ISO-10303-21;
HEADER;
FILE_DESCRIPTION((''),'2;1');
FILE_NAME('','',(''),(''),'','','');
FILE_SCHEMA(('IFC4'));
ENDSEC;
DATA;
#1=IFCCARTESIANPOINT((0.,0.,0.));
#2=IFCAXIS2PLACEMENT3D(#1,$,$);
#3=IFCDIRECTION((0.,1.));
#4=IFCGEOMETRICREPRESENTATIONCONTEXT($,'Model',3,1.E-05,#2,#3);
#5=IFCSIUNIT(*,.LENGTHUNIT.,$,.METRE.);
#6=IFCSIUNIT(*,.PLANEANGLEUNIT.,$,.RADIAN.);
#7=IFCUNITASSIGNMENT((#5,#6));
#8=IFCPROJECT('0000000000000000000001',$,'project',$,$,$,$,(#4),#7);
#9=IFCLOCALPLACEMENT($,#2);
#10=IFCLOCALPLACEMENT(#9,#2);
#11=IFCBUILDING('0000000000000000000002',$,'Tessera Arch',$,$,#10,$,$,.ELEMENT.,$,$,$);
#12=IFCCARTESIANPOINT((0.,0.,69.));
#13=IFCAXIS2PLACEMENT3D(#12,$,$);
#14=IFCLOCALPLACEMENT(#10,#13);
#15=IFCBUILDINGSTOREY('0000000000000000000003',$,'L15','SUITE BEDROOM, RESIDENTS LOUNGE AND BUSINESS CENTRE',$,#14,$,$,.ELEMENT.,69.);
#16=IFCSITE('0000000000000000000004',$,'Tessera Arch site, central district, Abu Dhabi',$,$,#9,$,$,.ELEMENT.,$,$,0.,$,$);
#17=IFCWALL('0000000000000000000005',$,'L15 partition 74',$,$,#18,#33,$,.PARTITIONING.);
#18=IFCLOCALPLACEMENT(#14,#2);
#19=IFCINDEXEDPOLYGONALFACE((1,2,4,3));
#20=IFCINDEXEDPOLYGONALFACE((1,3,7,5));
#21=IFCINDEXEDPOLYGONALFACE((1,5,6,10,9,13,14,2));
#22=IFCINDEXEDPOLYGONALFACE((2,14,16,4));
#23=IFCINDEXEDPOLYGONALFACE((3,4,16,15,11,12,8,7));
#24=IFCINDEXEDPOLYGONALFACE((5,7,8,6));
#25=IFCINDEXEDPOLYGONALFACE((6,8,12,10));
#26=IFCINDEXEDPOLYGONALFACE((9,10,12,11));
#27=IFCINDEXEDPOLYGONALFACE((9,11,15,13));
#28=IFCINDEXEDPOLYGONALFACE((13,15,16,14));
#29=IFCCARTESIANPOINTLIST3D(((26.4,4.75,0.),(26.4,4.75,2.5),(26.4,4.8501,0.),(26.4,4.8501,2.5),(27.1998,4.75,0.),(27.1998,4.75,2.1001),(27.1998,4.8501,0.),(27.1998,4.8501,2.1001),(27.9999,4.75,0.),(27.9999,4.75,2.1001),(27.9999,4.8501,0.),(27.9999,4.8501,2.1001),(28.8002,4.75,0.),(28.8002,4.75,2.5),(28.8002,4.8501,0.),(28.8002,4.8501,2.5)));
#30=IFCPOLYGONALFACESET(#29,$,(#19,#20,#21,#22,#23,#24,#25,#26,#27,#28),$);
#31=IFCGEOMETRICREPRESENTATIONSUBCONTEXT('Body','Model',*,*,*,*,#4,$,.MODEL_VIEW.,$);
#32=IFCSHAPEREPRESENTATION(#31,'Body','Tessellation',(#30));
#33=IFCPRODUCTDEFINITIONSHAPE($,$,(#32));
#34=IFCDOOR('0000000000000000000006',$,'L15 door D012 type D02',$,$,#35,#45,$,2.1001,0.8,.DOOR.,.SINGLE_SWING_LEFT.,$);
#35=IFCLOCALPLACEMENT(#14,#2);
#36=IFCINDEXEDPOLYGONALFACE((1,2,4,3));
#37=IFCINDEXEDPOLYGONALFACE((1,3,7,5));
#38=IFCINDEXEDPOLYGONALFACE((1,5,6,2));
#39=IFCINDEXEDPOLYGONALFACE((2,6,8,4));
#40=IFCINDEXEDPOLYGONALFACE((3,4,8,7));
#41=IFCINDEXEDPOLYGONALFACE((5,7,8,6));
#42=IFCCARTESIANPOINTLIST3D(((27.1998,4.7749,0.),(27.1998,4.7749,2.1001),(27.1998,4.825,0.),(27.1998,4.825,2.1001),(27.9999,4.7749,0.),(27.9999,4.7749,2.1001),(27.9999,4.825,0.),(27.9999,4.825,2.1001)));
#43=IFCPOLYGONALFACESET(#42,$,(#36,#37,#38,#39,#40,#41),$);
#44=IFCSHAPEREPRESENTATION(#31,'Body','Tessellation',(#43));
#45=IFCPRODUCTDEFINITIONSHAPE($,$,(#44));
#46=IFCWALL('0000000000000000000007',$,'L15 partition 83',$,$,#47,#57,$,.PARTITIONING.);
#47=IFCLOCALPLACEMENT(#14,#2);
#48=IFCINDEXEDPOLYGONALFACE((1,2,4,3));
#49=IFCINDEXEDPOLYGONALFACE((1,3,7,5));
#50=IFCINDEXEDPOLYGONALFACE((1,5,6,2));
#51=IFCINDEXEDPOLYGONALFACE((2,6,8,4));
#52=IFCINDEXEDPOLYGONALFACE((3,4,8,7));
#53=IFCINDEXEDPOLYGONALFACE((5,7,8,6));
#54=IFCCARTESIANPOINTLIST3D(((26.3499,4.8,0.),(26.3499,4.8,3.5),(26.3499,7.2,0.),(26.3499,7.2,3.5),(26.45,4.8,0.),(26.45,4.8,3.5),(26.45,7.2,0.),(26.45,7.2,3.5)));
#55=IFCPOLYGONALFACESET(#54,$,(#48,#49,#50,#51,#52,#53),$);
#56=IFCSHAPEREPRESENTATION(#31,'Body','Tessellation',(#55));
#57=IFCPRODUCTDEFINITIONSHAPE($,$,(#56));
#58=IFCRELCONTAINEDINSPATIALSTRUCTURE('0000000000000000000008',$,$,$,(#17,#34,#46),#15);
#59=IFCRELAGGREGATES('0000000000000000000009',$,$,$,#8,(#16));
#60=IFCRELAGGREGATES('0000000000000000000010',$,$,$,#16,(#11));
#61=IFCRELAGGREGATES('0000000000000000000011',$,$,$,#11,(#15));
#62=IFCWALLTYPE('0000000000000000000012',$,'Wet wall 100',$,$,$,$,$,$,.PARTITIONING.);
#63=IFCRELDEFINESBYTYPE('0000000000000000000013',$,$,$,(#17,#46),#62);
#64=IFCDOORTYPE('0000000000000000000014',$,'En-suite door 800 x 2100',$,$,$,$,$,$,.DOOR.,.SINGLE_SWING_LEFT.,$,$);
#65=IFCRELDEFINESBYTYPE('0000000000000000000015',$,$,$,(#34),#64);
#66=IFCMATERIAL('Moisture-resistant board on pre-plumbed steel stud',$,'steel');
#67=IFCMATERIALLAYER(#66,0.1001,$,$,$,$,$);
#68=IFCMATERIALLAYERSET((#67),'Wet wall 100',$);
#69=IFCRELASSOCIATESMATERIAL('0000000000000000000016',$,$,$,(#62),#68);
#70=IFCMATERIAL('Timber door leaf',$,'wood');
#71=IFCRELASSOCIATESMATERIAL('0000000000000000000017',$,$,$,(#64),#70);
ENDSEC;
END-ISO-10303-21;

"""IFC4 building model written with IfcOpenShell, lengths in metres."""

from ifc_helpers import new_model, si_unit, direction, frame, frame_2d, origin, place, context, subcontext, project, spatial, rectangle, extrude, material, layer, layer_set, type_object, element, fill, save


model = new_model("IFC4")

# Units and contexts
model_context = context("Model", 3, precision=1e-05, world=origin(), true_north=direction((0.0, 1.0)))
body_context = subcontext(model_context, "Body", "Model", "MODEL_VIEW")
ifc_project = project(units=[si_unit("LENGTHUNIT", "METRE"), si_unit("PLANEANGLEUNIT", "RADIAN")], contexts=[model_context])

# Site, building, storey
site_placement = place(None, origin())
site = spatial("IfcSite", under=ifc_project, at=site_placement, Name="Tessera Arch site, central district, Abu Dhabi", CompositionType="ELEMENT", RefElevation=0.0)
building_placement = place(site_placement, origin())
building = spatial("IfcBuilding", under=site, at=building_placement, Name="Tessera Arch", CompositionType="ELEMENT")
storey_placement = place(building_placement, frame((0.0, 0.0, 69.0)))
storey = spatial("IfcBuildingStorey", under=building, at=storey_placement, Name="L15", Description="SUITE BEDROOM, RESIDENTS LOUNGE AND BUSINESS CENTRE", CompositionType="ELEMENT", Elevation=69.0)

# Wall, opening, door
ifc_material_1 = material(Name="Moisture-resistant board on pre-plumbed steel stud", Category="steel")
ifc_layer_1 = layer(ifc_material_1, 0.1001)
ifc_layer_set_1 = layer_set([ifc_layer_1], Name="Wet wall 100")
wall_type_1 = type_object("IfcWallType", Name="Wet wall 100", PredefinedType="PARTITIONING", material=ifc_layer_set_1)
wall_1_placement = place(storey_placement, frame((26.3999, 4.8, 0.0), z_axis=(0.0, 0.0, 1.0), x_axis=(1.0, 0.0, 0.0)))
wall_1 = element("IfcWall", 1, at=wall_1_placement, inside=storey, type_object=wall_type_1, Name="L15 partition 74", PredefinedType="PARTITIONING", context=body_context, shape_type="SweptSolid", body=[
    extrude(rectangle(XDim=2.4001, YDim=0.1001, at=frame_2d((1.2002, 0.0))), origin(), (0.0, 0.0, 1.0), 2.5),
])
opening_placement = place(wall_1_placement, frame((0.8, 0.0, 0.0)))
opening = element("IfcOpeningElement", 2, at=opening_placement, cuts=wall_1, PredefinedType="OPENING", context=body_context, shape_type="SweptSolid", body=[
    extrude(rectangle(XDim=0.8, YDim=2.1001, at=frame_2d((0.3999, 1.05))), frame((0.0, 0.0601, 0.0), z_axis=(0.0, -1.0, 0.0), x_axis=(1.0, 0.0, 0.0)), (0.0, 0.0, 1.0), 0.1201),
])
ifc_material_2 = material(Name="Timber door leaf", Category="wood")
door_type = type_object("IfcDoorType", Name="En-suite door 800 x 2100", OperationType="SINGLE_SWING_LEFT", PredefinedType="DOOR", material=ifc_material_2)
door_placement = place(opening_placement, origin())
door = element("IfcDoor", 3, at=door_placement, inside=storey, type_object=door_type, Name="L15 door D012 type D02", OperationType="SINGLE_SWING_LEFT", OverallHeight=2.1001, OverallWidth=0.8, PredefinedType="DOOR", context=body_context, shape_type="SweptSolid", body=[
    extrude(rectangle(XDim=0.8, YDim=2.1001, at=frame_2d((0.3999, 1.05))), frame((0.0, 0.0249, 0.0), z_axis=(0.0, -1.0, 0.0), x_axis=(1.0, 0.0, 0.0)), (0.0, 0.0, 1.0), 0.05),
])
fill(opening, door)

# Wall
wall_2_placement = place(storey_placement, frame((26.3999, 4.8, 0.0), z_axis=(0.0, 0.0, 1.0), x_axis=(0.0, 1.0, 0.0)))
element("IfcWall", 4, at=wall_2_placement, inside=storey, type_object=wall_type_1, Name="L15 partition 83", PredefinedType="PARTITIONING", context=body_context, shape_type="SweptSolid", body=[
    extrude(rectangle(XDim=2.3999, YDim=0.1001, at=frame_2d((1.2, 0.0))), origin(), (0.0, 0.0, 1.0), 3.5),
])

save(model, "model.ifc")
